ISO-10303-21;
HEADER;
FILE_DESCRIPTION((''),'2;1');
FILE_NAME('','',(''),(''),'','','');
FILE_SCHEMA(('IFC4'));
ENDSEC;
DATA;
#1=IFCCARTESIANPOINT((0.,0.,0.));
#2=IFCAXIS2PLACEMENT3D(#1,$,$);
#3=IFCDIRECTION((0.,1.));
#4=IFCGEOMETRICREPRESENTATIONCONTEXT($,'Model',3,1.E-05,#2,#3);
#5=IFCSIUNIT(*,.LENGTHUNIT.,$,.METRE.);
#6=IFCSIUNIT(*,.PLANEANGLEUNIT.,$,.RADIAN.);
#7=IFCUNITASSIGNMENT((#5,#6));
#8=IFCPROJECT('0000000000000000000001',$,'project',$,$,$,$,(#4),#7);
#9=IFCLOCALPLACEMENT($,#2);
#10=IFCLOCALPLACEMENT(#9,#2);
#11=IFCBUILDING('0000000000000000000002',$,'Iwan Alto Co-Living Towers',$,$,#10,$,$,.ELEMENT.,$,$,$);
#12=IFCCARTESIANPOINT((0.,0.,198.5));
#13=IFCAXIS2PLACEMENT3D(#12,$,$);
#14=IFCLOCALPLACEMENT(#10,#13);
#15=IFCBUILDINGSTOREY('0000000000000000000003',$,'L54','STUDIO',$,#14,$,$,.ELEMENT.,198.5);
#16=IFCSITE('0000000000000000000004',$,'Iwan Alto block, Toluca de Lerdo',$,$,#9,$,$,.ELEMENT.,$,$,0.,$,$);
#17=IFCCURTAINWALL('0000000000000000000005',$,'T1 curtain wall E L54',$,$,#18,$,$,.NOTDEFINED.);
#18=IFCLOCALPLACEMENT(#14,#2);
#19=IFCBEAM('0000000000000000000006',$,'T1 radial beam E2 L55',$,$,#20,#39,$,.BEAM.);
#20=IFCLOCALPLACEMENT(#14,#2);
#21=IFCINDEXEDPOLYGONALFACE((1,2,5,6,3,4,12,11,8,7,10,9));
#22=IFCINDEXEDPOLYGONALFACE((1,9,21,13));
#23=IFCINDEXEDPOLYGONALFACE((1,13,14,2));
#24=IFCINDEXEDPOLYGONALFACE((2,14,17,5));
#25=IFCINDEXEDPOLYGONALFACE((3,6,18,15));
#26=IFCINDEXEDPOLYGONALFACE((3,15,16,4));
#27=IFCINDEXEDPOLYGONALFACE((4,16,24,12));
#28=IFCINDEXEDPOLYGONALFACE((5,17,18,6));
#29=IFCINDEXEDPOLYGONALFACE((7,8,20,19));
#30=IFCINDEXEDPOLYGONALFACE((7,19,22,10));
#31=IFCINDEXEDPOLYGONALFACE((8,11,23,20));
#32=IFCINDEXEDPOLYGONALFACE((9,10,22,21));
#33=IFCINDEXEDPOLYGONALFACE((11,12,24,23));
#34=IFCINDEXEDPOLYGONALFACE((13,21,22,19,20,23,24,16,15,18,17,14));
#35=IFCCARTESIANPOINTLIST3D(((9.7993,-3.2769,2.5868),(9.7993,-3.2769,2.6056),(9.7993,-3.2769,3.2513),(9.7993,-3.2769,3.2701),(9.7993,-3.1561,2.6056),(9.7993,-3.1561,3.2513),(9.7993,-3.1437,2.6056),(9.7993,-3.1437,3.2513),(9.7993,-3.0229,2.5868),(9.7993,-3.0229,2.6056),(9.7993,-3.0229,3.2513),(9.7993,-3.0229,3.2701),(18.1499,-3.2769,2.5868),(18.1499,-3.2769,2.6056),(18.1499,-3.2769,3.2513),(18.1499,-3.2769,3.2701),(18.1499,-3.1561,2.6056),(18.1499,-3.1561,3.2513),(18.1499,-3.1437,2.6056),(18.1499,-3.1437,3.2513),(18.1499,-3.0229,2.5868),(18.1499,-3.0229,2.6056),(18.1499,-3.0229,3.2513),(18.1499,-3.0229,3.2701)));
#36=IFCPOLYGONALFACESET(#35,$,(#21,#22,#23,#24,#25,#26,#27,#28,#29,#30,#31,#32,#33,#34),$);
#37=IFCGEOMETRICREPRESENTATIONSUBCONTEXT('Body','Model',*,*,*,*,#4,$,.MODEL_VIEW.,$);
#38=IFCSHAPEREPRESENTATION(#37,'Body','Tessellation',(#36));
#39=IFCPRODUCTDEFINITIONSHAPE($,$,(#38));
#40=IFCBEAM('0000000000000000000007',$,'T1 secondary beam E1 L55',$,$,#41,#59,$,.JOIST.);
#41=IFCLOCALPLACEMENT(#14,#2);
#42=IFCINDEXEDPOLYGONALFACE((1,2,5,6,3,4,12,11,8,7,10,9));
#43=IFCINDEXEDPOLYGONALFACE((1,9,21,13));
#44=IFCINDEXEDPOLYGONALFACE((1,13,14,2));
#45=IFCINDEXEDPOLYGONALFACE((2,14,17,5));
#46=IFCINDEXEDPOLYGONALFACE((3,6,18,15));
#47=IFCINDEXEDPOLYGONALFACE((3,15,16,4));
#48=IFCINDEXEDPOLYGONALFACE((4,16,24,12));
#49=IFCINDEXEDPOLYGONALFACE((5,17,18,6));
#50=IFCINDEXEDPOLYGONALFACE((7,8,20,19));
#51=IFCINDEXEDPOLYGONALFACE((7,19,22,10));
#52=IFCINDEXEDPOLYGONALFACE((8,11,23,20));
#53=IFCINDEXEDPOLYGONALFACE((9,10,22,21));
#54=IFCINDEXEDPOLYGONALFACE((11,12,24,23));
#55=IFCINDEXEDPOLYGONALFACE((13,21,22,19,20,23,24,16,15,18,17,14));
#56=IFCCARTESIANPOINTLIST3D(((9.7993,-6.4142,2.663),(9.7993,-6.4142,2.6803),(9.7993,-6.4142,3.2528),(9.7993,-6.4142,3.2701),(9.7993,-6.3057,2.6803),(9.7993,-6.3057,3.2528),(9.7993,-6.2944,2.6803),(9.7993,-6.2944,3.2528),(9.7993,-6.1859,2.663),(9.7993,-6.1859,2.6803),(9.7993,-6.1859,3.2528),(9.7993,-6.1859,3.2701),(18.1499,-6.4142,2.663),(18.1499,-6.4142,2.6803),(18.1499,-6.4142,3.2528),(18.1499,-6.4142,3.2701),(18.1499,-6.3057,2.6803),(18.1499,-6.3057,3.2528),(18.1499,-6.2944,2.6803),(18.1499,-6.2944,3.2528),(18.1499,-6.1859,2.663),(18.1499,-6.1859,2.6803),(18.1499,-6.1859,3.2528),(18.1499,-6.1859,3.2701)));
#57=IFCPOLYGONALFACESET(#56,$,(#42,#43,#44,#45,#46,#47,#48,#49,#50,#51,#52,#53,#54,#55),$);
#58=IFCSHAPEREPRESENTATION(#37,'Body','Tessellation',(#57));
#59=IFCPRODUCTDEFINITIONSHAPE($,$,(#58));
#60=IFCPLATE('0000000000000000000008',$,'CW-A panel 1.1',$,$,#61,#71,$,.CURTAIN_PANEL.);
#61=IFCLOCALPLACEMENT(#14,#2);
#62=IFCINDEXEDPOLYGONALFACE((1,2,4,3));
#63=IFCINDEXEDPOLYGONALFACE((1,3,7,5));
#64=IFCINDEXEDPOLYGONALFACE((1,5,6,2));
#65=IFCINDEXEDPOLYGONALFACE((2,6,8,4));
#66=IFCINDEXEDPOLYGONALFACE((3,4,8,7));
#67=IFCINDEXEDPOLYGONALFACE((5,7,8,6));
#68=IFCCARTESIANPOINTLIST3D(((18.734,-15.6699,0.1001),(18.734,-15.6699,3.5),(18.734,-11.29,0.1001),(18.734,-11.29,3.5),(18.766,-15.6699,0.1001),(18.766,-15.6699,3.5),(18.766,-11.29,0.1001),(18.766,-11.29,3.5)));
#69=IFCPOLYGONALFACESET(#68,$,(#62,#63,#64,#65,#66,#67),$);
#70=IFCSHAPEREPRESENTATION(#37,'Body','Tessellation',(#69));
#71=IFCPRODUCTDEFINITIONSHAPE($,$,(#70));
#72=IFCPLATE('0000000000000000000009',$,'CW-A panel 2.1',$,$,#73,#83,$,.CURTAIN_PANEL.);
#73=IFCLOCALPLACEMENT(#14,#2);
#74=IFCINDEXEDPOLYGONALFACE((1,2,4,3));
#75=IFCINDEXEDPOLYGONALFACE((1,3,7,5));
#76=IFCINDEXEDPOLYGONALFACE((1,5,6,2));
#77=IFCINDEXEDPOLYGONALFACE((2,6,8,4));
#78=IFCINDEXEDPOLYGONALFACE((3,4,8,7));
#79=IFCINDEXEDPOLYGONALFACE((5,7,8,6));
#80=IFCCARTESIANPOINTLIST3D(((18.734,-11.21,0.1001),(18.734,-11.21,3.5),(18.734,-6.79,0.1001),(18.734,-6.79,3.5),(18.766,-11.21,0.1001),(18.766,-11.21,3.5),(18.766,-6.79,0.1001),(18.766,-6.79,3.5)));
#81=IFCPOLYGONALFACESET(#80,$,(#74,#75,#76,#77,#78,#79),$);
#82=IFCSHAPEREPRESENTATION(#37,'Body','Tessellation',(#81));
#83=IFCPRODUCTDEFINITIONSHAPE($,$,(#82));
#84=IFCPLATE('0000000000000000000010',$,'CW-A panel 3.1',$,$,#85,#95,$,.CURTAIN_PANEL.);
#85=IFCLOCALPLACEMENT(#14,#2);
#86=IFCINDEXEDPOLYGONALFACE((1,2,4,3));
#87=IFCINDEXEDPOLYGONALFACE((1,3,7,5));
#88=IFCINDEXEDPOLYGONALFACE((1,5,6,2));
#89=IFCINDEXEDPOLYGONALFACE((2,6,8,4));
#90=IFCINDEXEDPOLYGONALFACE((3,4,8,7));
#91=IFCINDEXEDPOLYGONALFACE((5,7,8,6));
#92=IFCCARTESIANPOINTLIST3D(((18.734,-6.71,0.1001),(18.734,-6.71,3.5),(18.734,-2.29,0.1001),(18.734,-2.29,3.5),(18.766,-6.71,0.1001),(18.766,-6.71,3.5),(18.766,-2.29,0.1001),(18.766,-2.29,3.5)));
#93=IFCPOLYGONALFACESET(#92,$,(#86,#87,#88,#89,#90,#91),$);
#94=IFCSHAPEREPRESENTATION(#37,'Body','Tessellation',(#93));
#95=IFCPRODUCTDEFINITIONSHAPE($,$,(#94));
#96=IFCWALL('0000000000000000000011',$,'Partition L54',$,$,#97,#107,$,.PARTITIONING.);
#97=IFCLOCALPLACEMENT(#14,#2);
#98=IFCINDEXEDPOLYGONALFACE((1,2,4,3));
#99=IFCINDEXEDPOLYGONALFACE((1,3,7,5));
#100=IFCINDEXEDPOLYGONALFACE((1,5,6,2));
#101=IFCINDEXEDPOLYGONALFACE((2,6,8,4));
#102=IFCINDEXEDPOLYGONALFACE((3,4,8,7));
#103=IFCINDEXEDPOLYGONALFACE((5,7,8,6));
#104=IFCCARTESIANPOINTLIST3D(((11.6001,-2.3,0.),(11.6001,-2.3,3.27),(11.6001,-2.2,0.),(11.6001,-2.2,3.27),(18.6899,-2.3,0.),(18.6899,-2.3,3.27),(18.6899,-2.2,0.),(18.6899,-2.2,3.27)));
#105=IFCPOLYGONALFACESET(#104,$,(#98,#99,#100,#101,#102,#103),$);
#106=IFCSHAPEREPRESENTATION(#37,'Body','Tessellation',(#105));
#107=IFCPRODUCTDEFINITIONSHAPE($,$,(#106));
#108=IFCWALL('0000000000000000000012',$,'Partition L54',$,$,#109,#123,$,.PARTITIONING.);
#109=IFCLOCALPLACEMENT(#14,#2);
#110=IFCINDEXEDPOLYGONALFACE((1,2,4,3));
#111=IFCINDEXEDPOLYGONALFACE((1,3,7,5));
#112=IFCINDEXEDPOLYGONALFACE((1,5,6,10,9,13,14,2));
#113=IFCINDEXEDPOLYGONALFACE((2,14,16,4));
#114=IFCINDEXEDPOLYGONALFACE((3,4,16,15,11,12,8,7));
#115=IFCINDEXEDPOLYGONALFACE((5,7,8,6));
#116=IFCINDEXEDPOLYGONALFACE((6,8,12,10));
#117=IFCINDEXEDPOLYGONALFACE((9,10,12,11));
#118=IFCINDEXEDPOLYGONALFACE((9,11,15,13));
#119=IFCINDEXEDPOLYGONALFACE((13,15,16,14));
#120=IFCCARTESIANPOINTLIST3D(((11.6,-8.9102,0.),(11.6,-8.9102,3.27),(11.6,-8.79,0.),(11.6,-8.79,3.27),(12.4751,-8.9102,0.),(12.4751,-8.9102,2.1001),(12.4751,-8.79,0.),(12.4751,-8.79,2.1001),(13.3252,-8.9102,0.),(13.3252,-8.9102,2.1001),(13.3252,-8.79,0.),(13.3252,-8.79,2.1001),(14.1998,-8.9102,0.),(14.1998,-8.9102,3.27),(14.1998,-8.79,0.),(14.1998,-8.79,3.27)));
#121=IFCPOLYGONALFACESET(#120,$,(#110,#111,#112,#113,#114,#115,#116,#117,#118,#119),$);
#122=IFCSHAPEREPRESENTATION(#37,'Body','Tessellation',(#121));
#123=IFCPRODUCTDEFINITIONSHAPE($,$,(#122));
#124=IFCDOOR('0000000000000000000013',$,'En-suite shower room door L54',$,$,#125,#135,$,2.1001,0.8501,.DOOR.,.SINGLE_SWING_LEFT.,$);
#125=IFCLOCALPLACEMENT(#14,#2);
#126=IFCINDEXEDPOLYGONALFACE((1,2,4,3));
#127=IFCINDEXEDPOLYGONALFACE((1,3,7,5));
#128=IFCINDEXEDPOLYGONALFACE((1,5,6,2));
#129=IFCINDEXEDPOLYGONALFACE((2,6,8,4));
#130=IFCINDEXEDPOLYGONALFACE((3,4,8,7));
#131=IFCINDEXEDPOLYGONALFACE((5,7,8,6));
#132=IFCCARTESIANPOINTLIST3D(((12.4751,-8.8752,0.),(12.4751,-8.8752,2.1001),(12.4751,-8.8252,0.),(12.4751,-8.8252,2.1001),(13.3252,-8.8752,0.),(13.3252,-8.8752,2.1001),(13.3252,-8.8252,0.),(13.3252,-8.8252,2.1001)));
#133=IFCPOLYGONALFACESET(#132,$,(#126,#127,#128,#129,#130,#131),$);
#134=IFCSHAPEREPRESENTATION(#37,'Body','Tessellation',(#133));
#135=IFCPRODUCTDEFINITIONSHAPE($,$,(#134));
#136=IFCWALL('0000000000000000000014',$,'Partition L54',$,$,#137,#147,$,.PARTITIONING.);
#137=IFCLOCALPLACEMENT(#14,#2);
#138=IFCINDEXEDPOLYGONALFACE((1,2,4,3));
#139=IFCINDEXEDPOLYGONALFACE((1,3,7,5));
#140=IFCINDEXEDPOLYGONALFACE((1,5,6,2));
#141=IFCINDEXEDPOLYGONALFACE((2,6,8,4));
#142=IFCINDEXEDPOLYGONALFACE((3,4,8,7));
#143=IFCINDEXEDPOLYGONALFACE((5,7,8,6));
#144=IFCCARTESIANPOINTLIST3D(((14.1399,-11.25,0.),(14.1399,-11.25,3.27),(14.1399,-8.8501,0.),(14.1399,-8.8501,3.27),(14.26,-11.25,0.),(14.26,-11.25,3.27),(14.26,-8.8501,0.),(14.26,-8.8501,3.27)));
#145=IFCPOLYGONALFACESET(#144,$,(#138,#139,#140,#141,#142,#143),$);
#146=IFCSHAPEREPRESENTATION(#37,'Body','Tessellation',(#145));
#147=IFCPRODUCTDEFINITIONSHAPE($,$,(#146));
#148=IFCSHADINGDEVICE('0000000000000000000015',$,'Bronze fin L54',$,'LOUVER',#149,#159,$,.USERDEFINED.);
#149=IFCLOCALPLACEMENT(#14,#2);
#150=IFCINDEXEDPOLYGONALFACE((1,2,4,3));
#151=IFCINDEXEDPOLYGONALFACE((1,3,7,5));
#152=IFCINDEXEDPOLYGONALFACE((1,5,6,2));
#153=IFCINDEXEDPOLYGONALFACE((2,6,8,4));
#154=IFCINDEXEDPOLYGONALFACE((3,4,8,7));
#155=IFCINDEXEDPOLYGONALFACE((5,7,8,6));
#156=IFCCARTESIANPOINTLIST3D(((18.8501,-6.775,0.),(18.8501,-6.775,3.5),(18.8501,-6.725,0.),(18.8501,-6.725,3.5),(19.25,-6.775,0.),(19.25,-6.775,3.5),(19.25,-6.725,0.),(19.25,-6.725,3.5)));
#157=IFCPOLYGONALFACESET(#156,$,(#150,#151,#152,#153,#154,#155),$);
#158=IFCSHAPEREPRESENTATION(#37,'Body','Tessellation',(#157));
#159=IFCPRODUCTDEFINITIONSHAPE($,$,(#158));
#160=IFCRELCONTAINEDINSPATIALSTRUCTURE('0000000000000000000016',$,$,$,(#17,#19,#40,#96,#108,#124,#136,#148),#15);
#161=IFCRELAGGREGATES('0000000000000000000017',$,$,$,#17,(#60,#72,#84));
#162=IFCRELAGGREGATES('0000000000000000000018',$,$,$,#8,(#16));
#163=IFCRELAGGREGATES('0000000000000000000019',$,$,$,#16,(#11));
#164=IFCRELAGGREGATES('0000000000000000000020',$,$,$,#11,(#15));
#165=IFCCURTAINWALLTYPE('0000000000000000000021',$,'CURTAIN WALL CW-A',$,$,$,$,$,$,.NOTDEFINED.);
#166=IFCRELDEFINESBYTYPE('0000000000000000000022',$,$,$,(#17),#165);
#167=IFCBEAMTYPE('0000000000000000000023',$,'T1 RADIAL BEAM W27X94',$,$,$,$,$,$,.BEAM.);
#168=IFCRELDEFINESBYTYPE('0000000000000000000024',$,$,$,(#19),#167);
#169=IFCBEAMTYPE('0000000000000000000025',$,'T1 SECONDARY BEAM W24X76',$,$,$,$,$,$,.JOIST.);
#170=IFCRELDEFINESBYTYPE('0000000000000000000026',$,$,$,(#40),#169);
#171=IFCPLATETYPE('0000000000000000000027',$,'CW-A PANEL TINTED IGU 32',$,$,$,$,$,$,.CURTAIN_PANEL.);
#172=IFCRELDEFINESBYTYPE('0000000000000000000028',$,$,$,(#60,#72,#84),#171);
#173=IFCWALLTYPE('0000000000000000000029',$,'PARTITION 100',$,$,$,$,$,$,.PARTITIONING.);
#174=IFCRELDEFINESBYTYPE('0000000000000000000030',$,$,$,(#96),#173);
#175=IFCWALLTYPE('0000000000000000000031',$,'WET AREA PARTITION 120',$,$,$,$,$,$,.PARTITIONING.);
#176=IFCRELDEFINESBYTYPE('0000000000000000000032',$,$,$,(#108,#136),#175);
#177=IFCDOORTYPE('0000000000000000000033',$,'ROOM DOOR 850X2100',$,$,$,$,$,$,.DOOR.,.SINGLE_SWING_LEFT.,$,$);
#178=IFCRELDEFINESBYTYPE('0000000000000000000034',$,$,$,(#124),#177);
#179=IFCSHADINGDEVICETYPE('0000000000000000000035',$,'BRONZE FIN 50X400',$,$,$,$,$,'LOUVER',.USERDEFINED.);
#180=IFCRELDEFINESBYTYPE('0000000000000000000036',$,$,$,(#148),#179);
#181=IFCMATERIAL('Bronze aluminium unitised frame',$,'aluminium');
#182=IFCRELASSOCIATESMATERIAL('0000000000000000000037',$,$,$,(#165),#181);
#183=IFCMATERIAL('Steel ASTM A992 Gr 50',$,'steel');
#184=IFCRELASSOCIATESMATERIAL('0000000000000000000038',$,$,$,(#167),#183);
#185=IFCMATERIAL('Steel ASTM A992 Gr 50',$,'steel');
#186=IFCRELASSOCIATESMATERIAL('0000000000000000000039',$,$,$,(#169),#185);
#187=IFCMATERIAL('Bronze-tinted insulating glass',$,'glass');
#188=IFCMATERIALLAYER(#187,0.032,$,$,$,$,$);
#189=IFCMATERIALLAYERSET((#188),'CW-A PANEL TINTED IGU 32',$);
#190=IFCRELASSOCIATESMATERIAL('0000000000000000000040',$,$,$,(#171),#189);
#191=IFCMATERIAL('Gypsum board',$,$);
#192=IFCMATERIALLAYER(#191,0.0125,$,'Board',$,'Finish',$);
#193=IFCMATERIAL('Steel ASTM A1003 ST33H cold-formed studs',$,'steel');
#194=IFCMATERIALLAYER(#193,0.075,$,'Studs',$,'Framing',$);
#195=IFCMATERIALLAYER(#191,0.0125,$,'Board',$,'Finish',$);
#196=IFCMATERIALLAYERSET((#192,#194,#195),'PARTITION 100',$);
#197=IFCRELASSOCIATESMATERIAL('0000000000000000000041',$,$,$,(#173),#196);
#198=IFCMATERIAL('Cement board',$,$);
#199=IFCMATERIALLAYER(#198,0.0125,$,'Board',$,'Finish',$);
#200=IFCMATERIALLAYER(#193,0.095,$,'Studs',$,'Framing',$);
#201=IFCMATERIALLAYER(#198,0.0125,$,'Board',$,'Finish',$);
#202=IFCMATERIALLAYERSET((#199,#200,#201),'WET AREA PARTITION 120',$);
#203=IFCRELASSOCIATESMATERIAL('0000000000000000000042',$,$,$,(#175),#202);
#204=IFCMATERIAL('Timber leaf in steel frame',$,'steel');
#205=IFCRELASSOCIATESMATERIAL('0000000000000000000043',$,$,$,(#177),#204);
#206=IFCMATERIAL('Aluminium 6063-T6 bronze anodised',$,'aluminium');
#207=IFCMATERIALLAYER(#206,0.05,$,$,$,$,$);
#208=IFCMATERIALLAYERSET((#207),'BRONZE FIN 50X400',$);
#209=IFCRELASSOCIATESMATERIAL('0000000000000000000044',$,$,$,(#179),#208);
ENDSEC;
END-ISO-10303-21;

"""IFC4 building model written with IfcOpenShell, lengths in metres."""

from ifc_helpers import new_model, si_unit, direction, frame, frame_2d, origin, origin_2d, place, context, subcontext, project, spatial, rectangle, i_section, extrude, material, layer, layer_set, material_profile, profile_set, type_object, element, fill, aggregate, save


model = new_model("IFC4")

# Units and contexts
model_context = context("Model", 3, precision=1e-05, world=origin(), true_north=direction((0.0, 1.0)))
body_context = subcontext(model_context, "Body", "Model", "MODEL_VIEW")
ifc_project = project(units=[si_unit("LENGTHUNIT", "METRE"), si_unit("PLANEANGLEUNIT", "RADIAN")], contexts=[model_context])

# Site, building, storey
site_placement = place(None, origin())
site = spatial("IfcSite", under=ifc_project, at=site_placement, Name="Iwan Alto block, Toluca de Lerdo", CompositionType="ELEMENT", RefElevation=0.0)
building_placement = place(site_placement, origin())
building = spatial("IfcBuilding", under=site, at=building_placement, Name="Iwan Alto Co-Living Towers", CompositionType="ELEMENT")
storey_placement = place(building_placement, frame((0.0, 0.0, 198.5)))
storey = spatial("IfcBuildingStorey", under=building, at=storey_placement, Name="L54", Description="STUDIO", CompositionType="ELEMENT", Elevation=198.5)

# Curtain wall
ifc_material_1 = material(Name="Bronze aluminium unitised frame", Category="aluminium")
curtain_wall_type = type_object("IfcCurtainWallType", Name="CURTAIN WALL CW-A", PredefinedType="NOTDEFINED", material=ifc_material_1)
curtain_wall_placement = place(storey_placement, origin())
curtain_wall = element("IfcCurtainWall", 1, at=curtain_wall_placement, inside=storey, type_object=curtain_wall_type, Name="T1 curtain wall E L54", PredefinedType="NOTDEFINED")

# Beams
ifc_material_2 = material(Name="Steel ASTM A992 Gr 50", Category="steel")
ifc_material_profile_1 = material_profile(ifc_material_2, i_section(OverallWidth=0.2539, OverallDepth=0.6833, WebThickness=0.0125, FlangeThickness=0.0188, at=origin_2d()), Name="W27X94")
ifc_profile_set_1 = profile_set([ifc_material_profile_1], Name="Steel ASTM A992 Gr 50")
beam_type_1 = type_object("IfcBeamType", Name="T1 RADIAL BEAM W27X94", PredefinedType="BEAM", material=ifc_profile_set_1)
for number, where, z_axis, x_axis, name in (
    (2, (18.1499, -3.1499, 2.9285), (-1.0, 0.0, 0.0), (0.0, -1.0, 0.0), "T1 radial beam E2 L55"),
):
    element("IfcBeam", number, at=place(storey_placement, frame(where, z_axis=z_axis, x_axis=x_axis)), inside=storey, type_object=beam_type_1, Name=name, PredefinedType="BEAM", context=body_context, shape_type="SweptSolid", body=[
        extrude(i_section(OverallWidth=0.2539, OverallDepth=0.6833, WebThickness=0.0125, FlangeThickness=0.0188, at=origin_2d()), origin(), (0.0, 0.0, 1.0), 8.3506),
    ])
ifc_material_3 = material(Name="Steel ASTM A992 Gr 50", Category="steel")
ifc_material_profile_2 = material_profile(ifc_material_3, i_section(OverallWidth=0.2283, OverallDepth=0.6072, WebThickness=0.0112, FlangeThickness=0.0173, at=origin_2d()), Name="W24X76")
ifc_profile_set_2 = profile_set([ifc_material_profile_2], Name="Steel ASTM A992 Gr 50")
beam_type_2 = type_object("IfcBeamType", Name="T1 SECONDARY BEAM W24X76", PredefinedType="JOIST", material=ifc_profile_set_2)
beam_1_placement = place(storey_placement, frame((18.1499, -6.3, 2.9666), z_axis=(-1.0, 0.0, 0.0), x_axis=(0.0, -1.0, 0.0)))
element("IfcBeam", 3, at=beam_1_placement, inside=storey, type_object=beam_type_2, Name="T1 secondary beam E1 L55", PredefinedType="JOIST", context=body_context, shape_type="SweptSolid", body=[
    extrude(i_section(OverallWidth=0.2283, OverallDepth=0.6072, WebThickness=0.0112, FlangeThickness=0.0173, at=origin_2d()), origin(), (0.0, 0.0, 1.0), 8.3506),
])

# Plates
ifc_material_4 = material(Name="Bronze-tinted insulating glass", Category="glass")
ifc_layer_1 = layer(ifc_material_4, 0.032)
ifc_layer_set_1 = layer_set([ifc_layer_1], Name="CW-A PANEL TINTED IGU 32")
plate_type = type_object("IfcPlateType", Name="CW-A PANEL TINTED IGU 32", PredefinedType="CURTAIN_PANEL", material=ifc_layer_set_1)
plate_1_placement = place(storey_placement, frame((18.75, -13.48, 0.1001), z_axis=(0.0, 0.0, 1.0), x_axis=(0.0, 1.0, 0.0)))
plate_1 = element("IfcPlate", 4, at=plate_1_placement, type_object=plate_type, Name="CW-A panel 1.1", PredefinedType="CURTAIN_PANEL", context=body_context, shape_type="SweptSolid", body=[
    extrude(rectangle(XDim=4.3799, YDim=0.032, at=origin_2d()), origin(), (0.0, 0.0, 1.0), 3.3999),
])
plate_2_placement = place(storey_placement, frame((18.75, -9.0, 0.1001), z_axis=(0.0, 0.0, 1.0), x_axis=(0.0, 1.0, 0.0)))
plate_2 = element("IfcPlate", 5, at=plate_2_placement, type_object=plate_type, Name="CW-A panel 2.1", PredefinedType="CURTAIN_PANEL", context=body_context, shape_type="SweptSolid", body=[
    extrude(rectangle(XDim=4.4199, YDim=0.032, at=origin_2d()), origin(), (0.0, 0.0, 1.0), 3.3999),
])
plate_3_placement = place(storey_placement, frame((18.75, -4.5, 0.1001), z_axis=(0.0, 0.0, 1.0), x_axis=(0.0, 1.0, 0.0)))
plate_3 = element("IfcPlate", 6, at=plate_3_placement, type_object=plate_type, Name="CW-A panel 3.1", PredefinedType="CURTAIN_PANEL", context=body_context, shape_type="SweptSolid", body=[
    extrude(rectangle(XDim=4.4199, YDim=0.032, at=origin_2d()), origin(), (0.0, 0.0, 1.0), 3.3999),
])
aggregate(curtain_wall, [plate_1, plate_2, plate_3])

# Wall
ifc_material_5 = material(Name="Gypsum board")
ifc_layer_2 = layer(ifc_material_5, 0.0125, Name="Board", Category="Finish")
ifc_material_6 = material(Name="Steel ASTM A1003 ST33H cold-formed studs", Category="steel")
ifc_layer_3 = layer(ifc_material_6, 0.075, Name="Studs", Category="Framing")
ifc_layer_4 = layer(ifc_material_5, 0.0125, Name="Board", Category="Finish")
ifc_layer_set_2 = layer_set([ifc_layer_2, ifc_layer_3, ifc_layer_4], Name="PARTITION 100")
wall_type_1 = type_object("IfcWallType", Name="PARTITION 100", PredefinedType="PARTITIONING", material=ifc_layer_set_2)
wall_1_placement = place(storey_placement, frame((11.6001, -2.25, 0.0), z_axis=(0.0, 0.0, 1.0), x_axis=(1.0, 0.0, 0.0)))
element("IfcWall", 7, at=wall_1_placement, inside=storey, type_object=wall_type_1, Name="Partition L54", PredefinedType="PARTITIONING", context=body_context, shape_type="SweptSolid", body=[
    extrude(rectangle(XDim=7.0898, YDim=0.1001, at=frame_2d((3.5449, 0.0))), origin(), (0.0, 0.0, 1.0), 3.27),
])

# Wall, opening, door
ifc_material_7 = material(Name="Cement board")
ifc_layer_5 = layer(ifc_material_7, 0.0125, Name="Board", Category="Finish")
ifc_layer_6 = layer(ifc_material_6, 0.095, Name="Studs", Category="Framing")
ifc_layer_7 = layer(ifc_material_7, 0.0125, Name="Board", Category="Finish")
ifc_layer_set_3 = layer_set([ifc_layer_5, ifc_layer_6, ifc_layer_7], Name="WET AREA PARTITION 120")
wall_type_2 = type_object("IfcWallType", Name="WET AREA PARTITION 120", PredefinedType="PARTITIONING", material=ifc_layer_set_3)
wall_2_placement = place(storey_placement, frame((11.6001, -8.8501, 0.0), z_axis=(0.0, 0.0, 1.0), x_axis=(1.0, 0.0, 0.0)))
wall_2 = element("IfcWall", 8, at=wall_2_placement, inside=storey, type_object=wall_type_2, Name="Partition L54", PredefinedType="PARTITIONING", context=body_context, shape_type="SweptSolid", body=[
    extrude(rectangle(XDim=2.5999, YDim=0.1201, at=frame_2d((1.2998, 0.0))), origin(), (0.0, 0.0, 1.0), 3.27),
])
opening_placement = place(wall_2_placement, frame((0.875, 0.0, 0.0)))
opening = element("IfcOpeningElement", 9, at=opening_placement, cuts=wall_2, PredefinedType="OPENING", context=body_context, shape_type="SweptSolid", body=[
    extrude(rectangle(XDim=0.8501, YDim=2.1001, at=frame_2d((0.425, 1.05))), frame((0.0, 0.0701, 0.0), z_axis=(0.0, -1.0, 0.0), x_axis=(1.0, 0.0, 0.0)), (0.0, 0.0, 1.0), 0.1401),
])
ifc_material_8 = material(Name="Timber leaf in steel frame", Category="steel")
door_type = type_object("IfcDoorType", Name="ROOM DOOR 850X2100", OperationType="SINGLE_SWING_LEFT", PredefinedType="DOOR", material=ifc_material_8)
door_placement = place(opening_placement, origin())
door = element("IfcDoor", 10, at=door_placement, inside=storey, type_object=door_type, Name="En-suite shower room door L54", OperationType="SINGLE_SWING_LEFT", OverallHeight=2.1001, OverallWidth=0.8501, PredefinedType="DOOR", context=body_context, shape_type="SweptSolid", body=[
    extrude(rectangle(XDim=0.8501, YDim=2.1001, at=frame_2d((0.425, 1.05))), frame((0.0, 0.0249, 0.0), z_axis=(0.0, -1.0, 0.0), x_axis=(1.0, 0.0, 0.0)), (0.0, 0.0, 1.0), 0.05),
])
fill(opening, door)

# Wall
wall_3_placement = place(storey_placement, frame((14.2, -11.25, 0.0), z_axis=(0.0, 0.0, 1.0), x_axis=(0.0, 1.0, 0.0)))
element("IfcWall", 11, at=wall_3_placement, inside=storey, type_object=wall_type_2, Name="Partition L54", PredefinedType="PARTITIONING", context=body_context, shape_type="SweptSolid", body=[
    extrude(rectangle(XDim=2.3999, YDim=0.1201, at=frame_2d((1.2, 0.0))), origin(), (0.0, 0.0, 1.0), 3.27),
])

# Shading device
ifc_material_9 = material(Name="Aluminium 6063-T6 bronze anodised", Category="aluminium")
ifc_layer_8 = layer(ifc_material_9, 0.05)
ifc_layer_set_4 = layer_set([ifc_layer_8], Name="BRONZE FIN 50X400")
shading_device_type = type_object("IfcShadingDeviceType", Name="BRONZE FIN 50X400", ElementType="LOUVER", PredefinedType="USERDEFINED", material=ifc_layer_set_4)
shading_device_placement = place(storey_placement, frame((19.05, -6.75, 0.0), z_axis=(0.0, 0.0, 1.0), x_axis=(0.0, 1.0, 0.0)))
element("IfcShadingDevice", 12, at=shading_device_placement, inside=storey, type_object=shading_device_type, Name="Bronze fin L54", ObjectType="LOUVER", PredefinedType="USERDEFINED", context=body_context, shape_type="SweptSolid", body=[
    extrude(rectangle(XDim=0.05, YDim=0.3999, at=origin_2d()), origin(), (0.0, 0.0, 1.0), 3.5),
])

save(model, "model.ifc")
